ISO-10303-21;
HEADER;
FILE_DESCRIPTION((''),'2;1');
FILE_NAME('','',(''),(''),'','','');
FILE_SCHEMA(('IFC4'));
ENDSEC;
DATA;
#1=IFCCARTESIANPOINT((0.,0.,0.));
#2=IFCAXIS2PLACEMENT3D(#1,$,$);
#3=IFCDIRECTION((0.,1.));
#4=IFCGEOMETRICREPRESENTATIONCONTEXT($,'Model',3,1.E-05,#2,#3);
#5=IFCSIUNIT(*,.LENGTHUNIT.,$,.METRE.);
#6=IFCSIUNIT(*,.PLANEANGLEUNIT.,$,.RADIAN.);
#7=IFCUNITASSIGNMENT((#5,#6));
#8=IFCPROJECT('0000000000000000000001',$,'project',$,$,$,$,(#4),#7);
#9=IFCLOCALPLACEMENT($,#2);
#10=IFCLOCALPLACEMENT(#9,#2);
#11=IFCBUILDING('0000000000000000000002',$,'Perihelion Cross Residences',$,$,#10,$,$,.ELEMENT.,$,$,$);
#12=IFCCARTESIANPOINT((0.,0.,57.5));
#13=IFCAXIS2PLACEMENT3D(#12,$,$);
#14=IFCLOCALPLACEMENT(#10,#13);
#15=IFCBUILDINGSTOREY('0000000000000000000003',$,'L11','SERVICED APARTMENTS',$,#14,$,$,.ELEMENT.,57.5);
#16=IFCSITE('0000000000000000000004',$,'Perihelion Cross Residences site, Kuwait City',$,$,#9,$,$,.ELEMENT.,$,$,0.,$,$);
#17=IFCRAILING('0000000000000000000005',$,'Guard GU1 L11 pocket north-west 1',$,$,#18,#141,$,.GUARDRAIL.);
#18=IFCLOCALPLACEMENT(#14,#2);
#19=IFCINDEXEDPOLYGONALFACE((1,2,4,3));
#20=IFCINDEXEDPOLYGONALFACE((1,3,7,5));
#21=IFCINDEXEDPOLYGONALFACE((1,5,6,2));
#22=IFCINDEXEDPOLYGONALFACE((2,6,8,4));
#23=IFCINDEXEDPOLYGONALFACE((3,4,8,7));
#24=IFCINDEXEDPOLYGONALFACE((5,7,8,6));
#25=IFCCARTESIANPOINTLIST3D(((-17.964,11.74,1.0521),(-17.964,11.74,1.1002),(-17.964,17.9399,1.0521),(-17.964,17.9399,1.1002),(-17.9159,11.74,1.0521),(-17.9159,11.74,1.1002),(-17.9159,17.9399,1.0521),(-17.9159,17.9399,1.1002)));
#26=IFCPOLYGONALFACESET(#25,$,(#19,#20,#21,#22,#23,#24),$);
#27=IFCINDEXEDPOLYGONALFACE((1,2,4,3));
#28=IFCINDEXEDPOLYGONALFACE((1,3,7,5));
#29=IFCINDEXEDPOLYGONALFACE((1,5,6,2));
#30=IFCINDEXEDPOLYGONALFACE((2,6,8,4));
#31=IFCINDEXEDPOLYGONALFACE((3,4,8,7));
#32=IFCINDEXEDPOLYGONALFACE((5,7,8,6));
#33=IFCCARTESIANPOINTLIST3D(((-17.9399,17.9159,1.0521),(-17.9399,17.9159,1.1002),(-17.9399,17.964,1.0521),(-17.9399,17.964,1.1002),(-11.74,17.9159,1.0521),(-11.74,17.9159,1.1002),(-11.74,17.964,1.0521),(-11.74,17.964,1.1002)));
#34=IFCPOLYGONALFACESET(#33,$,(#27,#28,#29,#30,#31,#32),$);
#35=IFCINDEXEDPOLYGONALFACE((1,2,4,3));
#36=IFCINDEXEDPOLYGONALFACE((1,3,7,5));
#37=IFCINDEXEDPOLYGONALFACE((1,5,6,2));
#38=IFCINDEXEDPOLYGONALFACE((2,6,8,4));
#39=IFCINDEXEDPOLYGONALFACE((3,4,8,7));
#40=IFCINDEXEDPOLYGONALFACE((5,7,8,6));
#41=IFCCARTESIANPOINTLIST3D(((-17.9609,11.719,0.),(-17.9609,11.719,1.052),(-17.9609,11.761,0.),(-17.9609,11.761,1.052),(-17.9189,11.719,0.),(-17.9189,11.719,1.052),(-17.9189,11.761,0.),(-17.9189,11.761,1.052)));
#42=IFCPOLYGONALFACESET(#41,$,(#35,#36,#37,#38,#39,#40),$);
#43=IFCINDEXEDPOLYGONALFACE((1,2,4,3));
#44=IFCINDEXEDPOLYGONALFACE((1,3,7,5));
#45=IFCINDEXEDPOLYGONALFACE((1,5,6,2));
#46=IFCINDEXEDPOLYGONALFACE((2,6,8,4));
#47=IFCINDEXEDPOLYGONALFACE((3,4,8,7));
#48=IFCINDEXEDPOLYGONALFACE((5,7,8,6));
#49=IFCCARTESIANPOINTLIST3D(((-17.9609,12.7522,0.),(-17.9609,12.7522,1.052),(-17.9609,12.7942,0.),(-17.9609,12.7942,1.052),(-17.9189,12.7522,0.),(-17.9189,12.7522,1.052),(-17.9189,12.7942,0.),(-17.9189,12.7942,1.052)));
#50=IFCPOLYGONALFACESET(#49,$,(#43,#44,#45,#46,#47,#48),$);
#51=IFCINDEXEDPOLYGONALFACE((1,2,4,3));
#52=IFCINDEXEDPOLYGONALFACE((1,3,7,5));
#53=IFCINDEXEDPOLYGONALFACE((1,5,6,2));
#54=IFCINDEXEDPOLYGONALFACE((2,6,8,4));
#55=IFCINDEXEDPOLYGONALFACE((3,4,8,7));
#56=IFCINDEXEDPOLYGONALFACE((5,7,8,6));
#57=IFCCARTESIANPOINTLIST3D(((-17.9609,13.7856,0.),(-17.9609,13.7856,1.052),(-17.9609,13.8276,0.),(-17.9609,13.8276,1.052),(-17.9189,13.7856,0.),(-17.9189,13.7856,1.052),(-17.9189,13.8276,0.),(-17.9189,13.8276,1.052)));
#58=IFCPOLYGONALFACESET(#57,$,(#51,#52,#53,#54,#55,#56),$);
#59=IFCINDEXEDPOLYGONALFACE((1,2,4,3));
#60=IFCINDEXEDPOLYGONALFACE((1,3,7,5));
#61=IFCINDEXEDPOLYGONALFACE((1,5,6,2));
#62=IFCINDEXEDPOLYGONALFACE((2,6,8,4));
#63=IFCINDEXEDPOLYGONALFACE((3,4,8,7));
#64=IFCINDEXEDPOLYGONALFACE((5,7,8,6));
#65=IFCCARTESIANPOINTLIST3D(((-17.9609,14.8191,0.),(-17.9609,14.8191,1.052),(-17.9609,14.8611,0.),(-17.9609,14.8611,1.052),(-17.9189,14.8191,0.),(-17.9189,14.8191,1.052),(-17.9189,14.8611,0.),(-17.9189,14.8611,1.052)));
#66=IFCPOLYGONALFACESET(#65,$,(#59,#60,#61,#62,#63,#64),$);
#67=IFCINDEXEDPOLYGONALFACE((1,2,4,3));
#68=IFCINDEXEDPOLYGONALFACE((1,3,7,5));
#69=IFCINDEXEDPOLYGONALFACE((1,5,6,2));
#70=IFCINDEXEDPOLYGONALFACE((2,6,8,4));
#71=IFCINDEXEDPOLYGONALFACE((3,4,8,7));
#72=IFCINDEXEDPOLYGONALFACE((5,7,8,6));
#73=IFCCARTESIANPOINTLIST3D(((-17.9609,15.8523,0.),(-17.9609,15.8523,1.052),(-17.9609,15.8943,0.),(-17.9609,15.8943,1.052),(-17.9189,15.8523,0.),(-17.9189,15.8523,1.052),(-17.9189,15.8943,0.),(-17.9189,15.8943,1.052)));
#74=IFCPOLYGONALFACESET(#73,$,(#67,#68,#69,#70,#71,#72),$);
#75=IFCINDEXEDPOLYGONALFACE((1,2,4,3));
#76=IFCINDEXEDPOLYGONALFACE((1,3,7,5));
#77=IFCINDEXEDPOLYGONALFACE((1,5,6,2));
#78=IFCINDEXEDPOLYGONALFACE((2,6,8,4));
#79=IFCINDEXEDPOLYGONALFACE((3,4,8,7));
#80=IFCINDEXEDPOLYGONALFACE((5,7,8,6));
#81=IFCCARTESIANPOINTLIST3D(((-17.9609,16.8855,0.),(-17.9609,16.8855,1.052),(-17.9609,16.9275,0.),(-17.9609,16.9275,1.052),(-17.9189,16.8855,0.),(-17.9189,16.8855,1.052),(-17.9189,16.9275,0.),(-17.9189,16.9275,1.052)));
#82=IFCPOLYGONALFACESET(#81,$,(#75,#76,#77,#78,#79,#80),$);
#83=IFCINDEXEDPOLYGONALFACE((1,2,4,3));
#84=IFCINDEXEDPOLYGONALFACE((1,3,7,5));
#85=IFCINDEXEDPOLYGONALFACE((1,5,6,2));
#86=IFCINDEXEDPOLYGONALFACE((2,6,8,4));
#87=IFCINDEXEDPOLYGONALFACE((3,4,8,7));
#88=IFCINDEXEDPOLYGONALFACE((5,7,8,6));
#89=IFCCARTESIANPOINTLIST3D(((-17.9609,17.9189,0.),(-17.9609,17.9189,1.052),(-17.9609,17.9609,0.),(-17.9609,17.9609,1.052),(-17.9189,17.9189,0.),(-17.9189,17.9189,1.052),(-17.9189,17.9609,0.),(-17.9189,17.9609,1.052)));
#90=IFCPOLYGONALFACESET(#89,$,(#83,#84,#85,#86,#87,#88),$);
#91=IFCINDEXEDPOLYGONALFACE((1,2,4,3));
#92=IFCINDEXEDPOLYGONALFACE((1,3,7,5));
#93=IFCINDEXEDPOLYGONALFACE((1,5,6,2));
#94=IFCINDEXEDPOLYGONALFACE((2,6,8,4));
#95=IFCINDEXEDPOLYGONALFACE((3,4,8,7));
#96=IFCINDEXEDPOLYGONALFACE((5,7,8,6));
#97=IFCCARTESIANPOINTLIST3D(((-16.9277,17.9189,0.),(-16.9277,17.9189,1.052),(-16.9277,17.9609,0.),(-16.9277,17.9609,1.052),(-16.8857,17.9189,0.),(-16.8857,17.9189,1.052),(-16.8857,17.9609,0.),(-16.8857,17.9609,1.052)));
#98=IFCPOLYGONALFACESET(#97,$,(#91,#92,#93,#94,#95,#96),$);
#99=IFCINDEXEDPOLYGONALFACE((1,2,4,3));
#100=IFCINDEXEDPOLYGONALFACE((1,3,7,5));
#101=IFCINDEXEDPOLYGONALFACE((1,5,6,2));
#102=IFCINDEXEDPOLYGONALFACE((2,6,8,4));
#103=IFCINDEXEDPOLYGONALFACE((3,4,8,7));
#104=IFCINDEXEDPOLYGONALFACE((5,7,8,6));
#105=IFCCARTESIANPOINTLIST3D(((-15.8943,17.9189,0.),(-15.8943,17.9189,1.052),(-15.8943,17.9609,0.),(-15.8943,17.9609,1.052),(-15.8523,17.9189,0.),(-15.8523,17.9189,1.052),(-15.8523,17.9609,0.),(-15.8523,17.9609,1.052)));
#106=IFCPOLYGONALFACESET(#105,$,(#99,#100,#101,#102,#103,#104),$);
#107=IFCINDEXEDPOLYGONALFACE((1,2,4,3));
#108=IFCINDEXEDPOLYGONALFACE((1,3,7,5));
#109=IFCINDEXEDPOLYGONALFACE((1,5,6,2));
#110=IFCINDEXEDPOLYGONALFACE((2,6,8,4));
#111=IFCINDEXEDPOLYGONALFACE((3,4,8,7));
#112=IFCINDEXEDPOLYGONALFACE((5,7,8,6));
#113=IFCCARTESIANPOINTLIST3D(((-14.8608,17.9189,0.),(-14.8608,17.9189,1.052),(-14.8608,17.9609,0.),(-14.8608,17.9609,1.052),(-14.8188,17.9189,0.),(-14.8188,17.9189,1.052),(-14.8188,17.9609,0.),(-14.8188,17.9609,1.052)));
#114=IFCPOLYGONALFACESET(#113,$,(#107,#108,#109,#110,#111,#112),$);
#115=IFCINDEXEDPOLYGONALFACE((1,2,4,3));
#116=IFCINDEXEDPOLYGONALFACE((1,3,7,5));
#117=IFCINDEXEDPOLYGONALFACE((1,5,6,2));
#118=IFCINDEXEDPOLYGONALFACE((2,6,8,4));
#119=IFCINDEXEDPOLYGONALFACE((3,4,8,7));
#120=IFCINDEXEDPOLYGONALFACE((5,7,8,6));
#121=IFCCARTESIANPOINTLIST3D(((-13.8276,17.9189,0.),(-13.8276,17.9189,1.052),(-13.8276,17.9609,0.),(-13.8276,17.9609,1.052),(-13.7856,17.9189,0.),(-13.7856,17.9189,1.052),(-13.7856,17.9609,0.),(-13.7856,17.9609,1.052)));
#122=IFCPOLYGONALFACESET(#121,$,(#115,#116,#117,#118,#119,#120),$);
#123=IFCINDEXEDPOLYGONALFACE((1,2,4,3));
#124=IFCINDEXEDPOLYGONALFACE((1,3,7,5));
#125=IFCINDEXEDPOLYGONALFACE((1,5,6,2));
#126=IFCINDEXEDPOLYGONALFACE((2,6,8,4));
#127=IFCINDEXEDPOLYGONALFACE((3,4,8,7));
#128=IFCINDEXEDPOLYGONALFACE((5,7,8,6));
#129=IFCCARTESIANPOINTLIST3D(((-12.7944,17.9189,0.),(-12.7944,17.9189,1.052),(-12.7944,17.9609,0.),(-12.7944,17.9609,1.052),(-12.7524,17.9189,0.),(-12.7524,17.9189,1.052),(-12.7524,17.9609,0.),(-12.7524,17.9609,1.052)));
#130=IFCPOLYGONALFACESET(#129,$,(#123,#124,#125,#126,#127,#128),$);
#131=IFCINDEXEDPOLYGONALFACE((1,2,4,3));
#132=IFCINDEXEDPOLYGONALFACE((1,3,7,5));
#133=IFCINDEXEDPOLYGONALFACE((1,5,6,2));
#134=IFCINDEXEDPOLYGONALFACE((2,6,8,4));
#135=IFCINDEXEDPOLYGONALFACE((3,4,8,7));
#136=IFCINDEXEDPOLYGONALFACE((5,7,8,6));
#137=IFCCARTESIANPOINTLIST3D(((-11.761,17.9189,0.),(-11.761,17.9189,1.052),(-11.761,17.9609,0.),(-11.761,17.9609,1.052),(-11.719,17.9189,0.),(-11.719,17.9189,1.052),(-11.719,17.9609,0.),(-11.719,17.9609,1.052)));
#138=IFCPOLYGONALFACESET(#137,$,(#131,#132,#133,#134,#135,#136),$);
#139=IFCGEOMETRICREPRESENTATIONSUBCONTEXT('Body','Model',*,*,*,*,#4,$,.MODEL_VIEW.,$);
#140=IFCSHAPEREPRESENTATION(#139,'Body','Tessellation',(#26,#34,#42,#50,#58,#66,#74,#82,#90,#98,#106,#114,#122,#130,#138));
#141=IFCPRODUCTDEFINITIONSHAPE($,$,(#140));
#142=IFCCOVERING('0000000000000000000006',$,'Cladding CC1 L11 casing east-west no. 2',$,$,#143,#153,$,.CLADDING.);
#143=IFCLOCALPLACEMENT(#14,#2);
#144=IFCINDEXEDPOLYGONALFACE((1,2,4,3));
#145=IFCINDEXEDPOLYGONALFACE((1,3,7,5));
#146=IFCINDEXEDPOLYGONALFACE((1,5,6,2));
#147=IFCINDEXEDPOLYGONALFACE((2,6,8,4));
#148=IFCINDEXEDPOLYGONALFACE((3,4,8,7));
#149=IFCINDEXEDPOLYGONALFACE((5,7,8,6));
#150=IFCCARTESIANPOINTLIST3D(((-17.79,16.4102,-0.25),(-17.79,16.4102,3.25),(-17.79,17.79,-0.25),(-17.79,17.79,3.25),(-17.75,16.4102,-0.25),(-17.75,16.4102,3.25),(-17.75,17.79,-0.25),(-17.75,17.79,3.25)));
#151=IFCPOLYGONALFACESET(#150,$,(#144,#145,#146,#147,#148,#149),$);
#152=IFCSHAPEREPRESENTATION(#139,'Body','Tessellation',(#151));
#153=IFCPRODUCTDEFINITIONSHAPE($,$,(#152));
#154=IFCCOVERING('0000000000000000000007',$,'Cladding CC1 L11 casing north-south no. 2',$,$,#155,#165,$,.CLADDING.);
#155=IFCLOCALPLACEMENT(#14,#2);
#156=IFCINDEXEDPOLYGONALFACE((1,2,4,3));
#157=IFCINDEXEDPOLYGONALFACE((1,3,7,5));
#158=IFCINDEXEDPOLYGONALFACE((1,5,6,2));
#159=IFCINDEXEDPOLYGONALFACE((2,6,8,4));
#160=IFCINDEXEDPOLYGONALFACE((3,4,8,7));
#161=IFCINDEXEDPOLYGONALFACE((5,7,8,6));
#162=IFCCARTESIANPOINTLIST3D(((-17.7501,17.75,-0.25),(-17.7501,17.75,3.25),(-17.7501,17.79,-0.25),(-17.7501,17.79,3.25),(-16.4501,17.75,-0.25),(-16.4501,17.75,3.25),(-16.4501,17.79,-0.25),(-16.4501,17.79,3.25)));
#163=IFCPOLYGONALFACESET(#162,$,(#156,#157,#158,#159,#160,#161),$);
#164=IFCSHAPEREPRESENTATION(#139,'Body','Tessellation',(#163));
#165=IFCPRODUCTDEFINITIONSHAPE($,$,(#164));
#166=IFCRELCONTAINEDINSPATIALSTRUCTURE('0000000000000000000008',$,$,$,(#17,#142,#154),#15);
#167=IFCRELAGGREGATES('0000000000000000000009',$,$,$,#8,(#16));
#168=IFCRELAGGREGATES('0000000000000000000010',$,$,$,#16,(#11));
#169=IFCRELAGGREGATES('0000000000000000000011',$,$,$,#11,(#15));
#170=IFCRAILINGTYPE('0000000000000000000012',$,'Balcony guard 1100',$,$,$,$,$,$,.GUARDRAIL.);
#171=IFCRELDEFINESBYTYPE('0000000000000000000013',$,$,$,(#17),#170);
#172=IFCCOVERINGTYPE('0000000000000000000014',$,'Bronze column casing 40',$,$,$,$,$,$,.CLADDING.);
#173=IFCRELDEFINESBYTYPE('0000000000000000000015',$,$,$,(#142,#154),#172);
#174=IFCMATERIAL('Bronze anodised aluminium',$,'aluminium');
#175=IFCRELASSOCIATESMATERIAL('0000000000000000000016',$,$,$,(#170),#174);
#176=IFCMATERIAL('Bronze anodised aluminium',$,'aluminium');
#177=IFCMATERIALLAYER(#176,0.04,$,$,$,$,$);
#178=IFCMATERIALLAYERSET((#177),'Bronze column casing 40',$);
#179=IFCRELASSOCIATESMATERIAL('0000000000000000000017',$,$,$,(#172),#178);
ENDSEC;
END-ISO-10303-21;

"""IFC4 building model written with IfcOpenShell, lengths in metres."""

from ifc_helpers import new_model, si_unit, direction, frame, origin, origin_2d, place, context, subcontext, project, spatial, rectangle, extrude, material, layer, layer_set, type_object, element, save


model = new_model("IFC4")

# Units and contexts
model_context = context("Model", 3, precision=1e-05, world=origin(), true_north=direction((0.0, 1.0)))
body_context = subcontext(model_context, "Body", "Model", "MODEL_VIEW")
ifc_project = project(units=[si_unit("LENGTHUNIT", "METRE"), si_unit("PLANEANGLEUNIT", "RADIAN")], contexts=[model_context])

# Site, building, storey
site_placement = place(None, origin())
site = spatial("IfcSite", under=ifc_project, at=site_placement, Name="Perihelion Cross Residences site, Kuwait City", CompositionType="ELEMENT", RefElevation=0.0)
building_placement = place(site_placement, origin())
building = spatial("IfcBuilding", under=site, at=building_placement, Name="Perihelion Cross Residences", CompositionType="ELEMENT")
storey_placement = place(building_placement, frame((0.0, 0.0, 57.5)))
storey = spatial("IfcBuildingStorey", under=building, at=storey_placement, Name="L11", Description="SERVICED APARTMENTS", CompositionType="ELEMENT", Elevation=57.5)

# Railing
ifc_material_1 = material(Name="Bronze anodised aluminium", Category="aluminium")
railing_type = type_object("IfcRailingType", Name="Balcony guard 1100", PredefinedType="GUARDRAIL", material=ifc_material_1)
railing_1_placement = place(storey_placement, frame((-17.9399, 11.74, 0.0)))
element("IfcRailing", 1, at=railing_1_placement, inside=storey, type_object=railing_type, Name="Guard GU1 L11 pocket north-west 1", PredefinedType="GUARDRAIL", context=body_context, shape_type="SweptSolid", body=[
    extrude(rectangle(XDim=0.0481, YDim=0.0481, at=origin_2d()), frame((0.0, 0.0, 1.0762), z_axis=(0.0, 1.0, 0.0), x_axis=(-1.0, 0.0, 0.0)), (0.0, 0.0, 1.0), 6.2),
    extrude(rectangle(XDim=0.0481, YDim=0.0481, at=origin_2d()), frame((0.0, 6.2, 1.0762), z_axis=(1.0, 0.0, 0.0), x_axis=(0.0, 1.0, 0.0)), (0.0, 0.0, 1.0), 6.2),
    extrude(rectangle(XDim=0.042, YDim=0.042, at=origin_2d()), origin(), (0.0, 0.0, 1.0), 1.052),
    extrude(rectangle(XDim=0.042, YDim=0.042, at=origin_2d()), frame((0.0, 1.0332, 0.0)), (0.0, 0.0, 1.0), 1.052),
    extrude(rectangle(XDim=0.042, YDim=0.042, at=origin_2d()), frame((0.0, 2.0667, 0.0)), (0.0, 0.0, 1.0), 1.052),
    extrude(rectangle(XDim=0.042, YDim=0.042, at=origin_2d()), frame((0.0, 3.1001, 0.0)), (0.0, 0.0, 1.0), 1.052),
    extrude(rectangle(XDim=0.042, YDim=0.042, at=origin_2d()), frame((0.0, 4.1333, 0.0)), (0.0, 0.0, 1.0), 1.052),
    extrude(rectangle(XDim=0.042, YDim=0.042, at=origin_2d()), frame((0.0, 5.1665, 0.0)), (0.0, 0.0, 1.0), 1.052),
    extrude(rectangle(XDim=0.042, YDim=0.042, at=origin_2d()), frame((0.0, 6.2, 0.0)), (0.0, 0.0, 1.0), 1.052),
    extrude(rectangle(XDim=0.042, YDim=0.042, at=origin_2d()), frame((1.0332, 6.2, 0.0)), (0.0, 0.0, 1.0), 1.052),
    extrude(rectangle(XDim=0.042, YDim=0.042, at=origin_2d()), frame((2.0667, 6.2, 0.0)), (0.0, 0.0, 1.0), 1.052),
    extrude(rectangle(XDim=0.042, YDim=0.042, at=origin_2d()), frame((3.1001, 6.2, 0.0)), (0.0, 0.0, 1.0), 1.052),
    extrude(rectangle(XDim=0.042, YDim=0.042, at=origin_2d()), frame((4.1333, 6.2, 0.0)), (0.0, 0.0, 1.0), 1.052),
    extrude(rectangle(XDim=0.042, YDim=0.042, at=origin_2d()), frame((5.1665, 6.2, 0.0)), (0.0, 0.0, 1.0), 1.052),
    extrude(rectangle(XDim=0.042, YDim=0.042, at=origin_2d()), frame((6.2, 6.2, 0.0)), (0.0, 0.0, 1.0), 1.052),
])

# Coverings
ifc_material_2 = material(Name="Bronze anodised aluminium", Category="aluminium")
ifc_layer_1 = layer(ifc_material_2, 0.04)
ifc_layer_set_1 = layer_set([ifc_layer_1], Name="Bronze column casing 40")
covering_type = type_object("IfcCoveringType", Name="Bronze column casing 40", PredefinedType="CLADDING", material=ifc_layer_set_1)
covering_1_placement = place(storey_placement, frame((-17.77, 17.1001, -0.25), z_axis=(0.0, 0.0, 1.0), x_axis=(1.0, 0.0, 0.0)))
element("IfcCovering", 2, at=covering_1_placement, inside=storey, type_object=covering_type, Name="Cladding CC1 L11 casing east-west no. 2", PredefinedType="CLADDING", context=body_context, shape_type="SweptSolid", body=[
    extrude(rectangle(XDim=0.04, YDim=1.3799, at=origin_2d()), origin(), (0.0, 0.0, 1.0), 3.5),
])
covering_2_placement = place(storey_placement, frame((-17.1001, 17.77, -0.25), z_axis=(0.0, 0.0, 1.0), x_axis=(1.0, 0.0, 0.0)))
element("IfcCovering", 3, at=covering_2_placement, inside=storey, type_object=covering_type, Name="Cladding CC1 L11 casing north-south no. 2", PredefinedType="CLADDING", context=body_context, shape_type="SweptSolid", body=[
    extrude(rectangle(XDim=1.3, YDim=0.04, at=origin_2d()), origin(), (0.0, 0.0, 1.0), 3.5),
])

save(model, "model.ifc")
